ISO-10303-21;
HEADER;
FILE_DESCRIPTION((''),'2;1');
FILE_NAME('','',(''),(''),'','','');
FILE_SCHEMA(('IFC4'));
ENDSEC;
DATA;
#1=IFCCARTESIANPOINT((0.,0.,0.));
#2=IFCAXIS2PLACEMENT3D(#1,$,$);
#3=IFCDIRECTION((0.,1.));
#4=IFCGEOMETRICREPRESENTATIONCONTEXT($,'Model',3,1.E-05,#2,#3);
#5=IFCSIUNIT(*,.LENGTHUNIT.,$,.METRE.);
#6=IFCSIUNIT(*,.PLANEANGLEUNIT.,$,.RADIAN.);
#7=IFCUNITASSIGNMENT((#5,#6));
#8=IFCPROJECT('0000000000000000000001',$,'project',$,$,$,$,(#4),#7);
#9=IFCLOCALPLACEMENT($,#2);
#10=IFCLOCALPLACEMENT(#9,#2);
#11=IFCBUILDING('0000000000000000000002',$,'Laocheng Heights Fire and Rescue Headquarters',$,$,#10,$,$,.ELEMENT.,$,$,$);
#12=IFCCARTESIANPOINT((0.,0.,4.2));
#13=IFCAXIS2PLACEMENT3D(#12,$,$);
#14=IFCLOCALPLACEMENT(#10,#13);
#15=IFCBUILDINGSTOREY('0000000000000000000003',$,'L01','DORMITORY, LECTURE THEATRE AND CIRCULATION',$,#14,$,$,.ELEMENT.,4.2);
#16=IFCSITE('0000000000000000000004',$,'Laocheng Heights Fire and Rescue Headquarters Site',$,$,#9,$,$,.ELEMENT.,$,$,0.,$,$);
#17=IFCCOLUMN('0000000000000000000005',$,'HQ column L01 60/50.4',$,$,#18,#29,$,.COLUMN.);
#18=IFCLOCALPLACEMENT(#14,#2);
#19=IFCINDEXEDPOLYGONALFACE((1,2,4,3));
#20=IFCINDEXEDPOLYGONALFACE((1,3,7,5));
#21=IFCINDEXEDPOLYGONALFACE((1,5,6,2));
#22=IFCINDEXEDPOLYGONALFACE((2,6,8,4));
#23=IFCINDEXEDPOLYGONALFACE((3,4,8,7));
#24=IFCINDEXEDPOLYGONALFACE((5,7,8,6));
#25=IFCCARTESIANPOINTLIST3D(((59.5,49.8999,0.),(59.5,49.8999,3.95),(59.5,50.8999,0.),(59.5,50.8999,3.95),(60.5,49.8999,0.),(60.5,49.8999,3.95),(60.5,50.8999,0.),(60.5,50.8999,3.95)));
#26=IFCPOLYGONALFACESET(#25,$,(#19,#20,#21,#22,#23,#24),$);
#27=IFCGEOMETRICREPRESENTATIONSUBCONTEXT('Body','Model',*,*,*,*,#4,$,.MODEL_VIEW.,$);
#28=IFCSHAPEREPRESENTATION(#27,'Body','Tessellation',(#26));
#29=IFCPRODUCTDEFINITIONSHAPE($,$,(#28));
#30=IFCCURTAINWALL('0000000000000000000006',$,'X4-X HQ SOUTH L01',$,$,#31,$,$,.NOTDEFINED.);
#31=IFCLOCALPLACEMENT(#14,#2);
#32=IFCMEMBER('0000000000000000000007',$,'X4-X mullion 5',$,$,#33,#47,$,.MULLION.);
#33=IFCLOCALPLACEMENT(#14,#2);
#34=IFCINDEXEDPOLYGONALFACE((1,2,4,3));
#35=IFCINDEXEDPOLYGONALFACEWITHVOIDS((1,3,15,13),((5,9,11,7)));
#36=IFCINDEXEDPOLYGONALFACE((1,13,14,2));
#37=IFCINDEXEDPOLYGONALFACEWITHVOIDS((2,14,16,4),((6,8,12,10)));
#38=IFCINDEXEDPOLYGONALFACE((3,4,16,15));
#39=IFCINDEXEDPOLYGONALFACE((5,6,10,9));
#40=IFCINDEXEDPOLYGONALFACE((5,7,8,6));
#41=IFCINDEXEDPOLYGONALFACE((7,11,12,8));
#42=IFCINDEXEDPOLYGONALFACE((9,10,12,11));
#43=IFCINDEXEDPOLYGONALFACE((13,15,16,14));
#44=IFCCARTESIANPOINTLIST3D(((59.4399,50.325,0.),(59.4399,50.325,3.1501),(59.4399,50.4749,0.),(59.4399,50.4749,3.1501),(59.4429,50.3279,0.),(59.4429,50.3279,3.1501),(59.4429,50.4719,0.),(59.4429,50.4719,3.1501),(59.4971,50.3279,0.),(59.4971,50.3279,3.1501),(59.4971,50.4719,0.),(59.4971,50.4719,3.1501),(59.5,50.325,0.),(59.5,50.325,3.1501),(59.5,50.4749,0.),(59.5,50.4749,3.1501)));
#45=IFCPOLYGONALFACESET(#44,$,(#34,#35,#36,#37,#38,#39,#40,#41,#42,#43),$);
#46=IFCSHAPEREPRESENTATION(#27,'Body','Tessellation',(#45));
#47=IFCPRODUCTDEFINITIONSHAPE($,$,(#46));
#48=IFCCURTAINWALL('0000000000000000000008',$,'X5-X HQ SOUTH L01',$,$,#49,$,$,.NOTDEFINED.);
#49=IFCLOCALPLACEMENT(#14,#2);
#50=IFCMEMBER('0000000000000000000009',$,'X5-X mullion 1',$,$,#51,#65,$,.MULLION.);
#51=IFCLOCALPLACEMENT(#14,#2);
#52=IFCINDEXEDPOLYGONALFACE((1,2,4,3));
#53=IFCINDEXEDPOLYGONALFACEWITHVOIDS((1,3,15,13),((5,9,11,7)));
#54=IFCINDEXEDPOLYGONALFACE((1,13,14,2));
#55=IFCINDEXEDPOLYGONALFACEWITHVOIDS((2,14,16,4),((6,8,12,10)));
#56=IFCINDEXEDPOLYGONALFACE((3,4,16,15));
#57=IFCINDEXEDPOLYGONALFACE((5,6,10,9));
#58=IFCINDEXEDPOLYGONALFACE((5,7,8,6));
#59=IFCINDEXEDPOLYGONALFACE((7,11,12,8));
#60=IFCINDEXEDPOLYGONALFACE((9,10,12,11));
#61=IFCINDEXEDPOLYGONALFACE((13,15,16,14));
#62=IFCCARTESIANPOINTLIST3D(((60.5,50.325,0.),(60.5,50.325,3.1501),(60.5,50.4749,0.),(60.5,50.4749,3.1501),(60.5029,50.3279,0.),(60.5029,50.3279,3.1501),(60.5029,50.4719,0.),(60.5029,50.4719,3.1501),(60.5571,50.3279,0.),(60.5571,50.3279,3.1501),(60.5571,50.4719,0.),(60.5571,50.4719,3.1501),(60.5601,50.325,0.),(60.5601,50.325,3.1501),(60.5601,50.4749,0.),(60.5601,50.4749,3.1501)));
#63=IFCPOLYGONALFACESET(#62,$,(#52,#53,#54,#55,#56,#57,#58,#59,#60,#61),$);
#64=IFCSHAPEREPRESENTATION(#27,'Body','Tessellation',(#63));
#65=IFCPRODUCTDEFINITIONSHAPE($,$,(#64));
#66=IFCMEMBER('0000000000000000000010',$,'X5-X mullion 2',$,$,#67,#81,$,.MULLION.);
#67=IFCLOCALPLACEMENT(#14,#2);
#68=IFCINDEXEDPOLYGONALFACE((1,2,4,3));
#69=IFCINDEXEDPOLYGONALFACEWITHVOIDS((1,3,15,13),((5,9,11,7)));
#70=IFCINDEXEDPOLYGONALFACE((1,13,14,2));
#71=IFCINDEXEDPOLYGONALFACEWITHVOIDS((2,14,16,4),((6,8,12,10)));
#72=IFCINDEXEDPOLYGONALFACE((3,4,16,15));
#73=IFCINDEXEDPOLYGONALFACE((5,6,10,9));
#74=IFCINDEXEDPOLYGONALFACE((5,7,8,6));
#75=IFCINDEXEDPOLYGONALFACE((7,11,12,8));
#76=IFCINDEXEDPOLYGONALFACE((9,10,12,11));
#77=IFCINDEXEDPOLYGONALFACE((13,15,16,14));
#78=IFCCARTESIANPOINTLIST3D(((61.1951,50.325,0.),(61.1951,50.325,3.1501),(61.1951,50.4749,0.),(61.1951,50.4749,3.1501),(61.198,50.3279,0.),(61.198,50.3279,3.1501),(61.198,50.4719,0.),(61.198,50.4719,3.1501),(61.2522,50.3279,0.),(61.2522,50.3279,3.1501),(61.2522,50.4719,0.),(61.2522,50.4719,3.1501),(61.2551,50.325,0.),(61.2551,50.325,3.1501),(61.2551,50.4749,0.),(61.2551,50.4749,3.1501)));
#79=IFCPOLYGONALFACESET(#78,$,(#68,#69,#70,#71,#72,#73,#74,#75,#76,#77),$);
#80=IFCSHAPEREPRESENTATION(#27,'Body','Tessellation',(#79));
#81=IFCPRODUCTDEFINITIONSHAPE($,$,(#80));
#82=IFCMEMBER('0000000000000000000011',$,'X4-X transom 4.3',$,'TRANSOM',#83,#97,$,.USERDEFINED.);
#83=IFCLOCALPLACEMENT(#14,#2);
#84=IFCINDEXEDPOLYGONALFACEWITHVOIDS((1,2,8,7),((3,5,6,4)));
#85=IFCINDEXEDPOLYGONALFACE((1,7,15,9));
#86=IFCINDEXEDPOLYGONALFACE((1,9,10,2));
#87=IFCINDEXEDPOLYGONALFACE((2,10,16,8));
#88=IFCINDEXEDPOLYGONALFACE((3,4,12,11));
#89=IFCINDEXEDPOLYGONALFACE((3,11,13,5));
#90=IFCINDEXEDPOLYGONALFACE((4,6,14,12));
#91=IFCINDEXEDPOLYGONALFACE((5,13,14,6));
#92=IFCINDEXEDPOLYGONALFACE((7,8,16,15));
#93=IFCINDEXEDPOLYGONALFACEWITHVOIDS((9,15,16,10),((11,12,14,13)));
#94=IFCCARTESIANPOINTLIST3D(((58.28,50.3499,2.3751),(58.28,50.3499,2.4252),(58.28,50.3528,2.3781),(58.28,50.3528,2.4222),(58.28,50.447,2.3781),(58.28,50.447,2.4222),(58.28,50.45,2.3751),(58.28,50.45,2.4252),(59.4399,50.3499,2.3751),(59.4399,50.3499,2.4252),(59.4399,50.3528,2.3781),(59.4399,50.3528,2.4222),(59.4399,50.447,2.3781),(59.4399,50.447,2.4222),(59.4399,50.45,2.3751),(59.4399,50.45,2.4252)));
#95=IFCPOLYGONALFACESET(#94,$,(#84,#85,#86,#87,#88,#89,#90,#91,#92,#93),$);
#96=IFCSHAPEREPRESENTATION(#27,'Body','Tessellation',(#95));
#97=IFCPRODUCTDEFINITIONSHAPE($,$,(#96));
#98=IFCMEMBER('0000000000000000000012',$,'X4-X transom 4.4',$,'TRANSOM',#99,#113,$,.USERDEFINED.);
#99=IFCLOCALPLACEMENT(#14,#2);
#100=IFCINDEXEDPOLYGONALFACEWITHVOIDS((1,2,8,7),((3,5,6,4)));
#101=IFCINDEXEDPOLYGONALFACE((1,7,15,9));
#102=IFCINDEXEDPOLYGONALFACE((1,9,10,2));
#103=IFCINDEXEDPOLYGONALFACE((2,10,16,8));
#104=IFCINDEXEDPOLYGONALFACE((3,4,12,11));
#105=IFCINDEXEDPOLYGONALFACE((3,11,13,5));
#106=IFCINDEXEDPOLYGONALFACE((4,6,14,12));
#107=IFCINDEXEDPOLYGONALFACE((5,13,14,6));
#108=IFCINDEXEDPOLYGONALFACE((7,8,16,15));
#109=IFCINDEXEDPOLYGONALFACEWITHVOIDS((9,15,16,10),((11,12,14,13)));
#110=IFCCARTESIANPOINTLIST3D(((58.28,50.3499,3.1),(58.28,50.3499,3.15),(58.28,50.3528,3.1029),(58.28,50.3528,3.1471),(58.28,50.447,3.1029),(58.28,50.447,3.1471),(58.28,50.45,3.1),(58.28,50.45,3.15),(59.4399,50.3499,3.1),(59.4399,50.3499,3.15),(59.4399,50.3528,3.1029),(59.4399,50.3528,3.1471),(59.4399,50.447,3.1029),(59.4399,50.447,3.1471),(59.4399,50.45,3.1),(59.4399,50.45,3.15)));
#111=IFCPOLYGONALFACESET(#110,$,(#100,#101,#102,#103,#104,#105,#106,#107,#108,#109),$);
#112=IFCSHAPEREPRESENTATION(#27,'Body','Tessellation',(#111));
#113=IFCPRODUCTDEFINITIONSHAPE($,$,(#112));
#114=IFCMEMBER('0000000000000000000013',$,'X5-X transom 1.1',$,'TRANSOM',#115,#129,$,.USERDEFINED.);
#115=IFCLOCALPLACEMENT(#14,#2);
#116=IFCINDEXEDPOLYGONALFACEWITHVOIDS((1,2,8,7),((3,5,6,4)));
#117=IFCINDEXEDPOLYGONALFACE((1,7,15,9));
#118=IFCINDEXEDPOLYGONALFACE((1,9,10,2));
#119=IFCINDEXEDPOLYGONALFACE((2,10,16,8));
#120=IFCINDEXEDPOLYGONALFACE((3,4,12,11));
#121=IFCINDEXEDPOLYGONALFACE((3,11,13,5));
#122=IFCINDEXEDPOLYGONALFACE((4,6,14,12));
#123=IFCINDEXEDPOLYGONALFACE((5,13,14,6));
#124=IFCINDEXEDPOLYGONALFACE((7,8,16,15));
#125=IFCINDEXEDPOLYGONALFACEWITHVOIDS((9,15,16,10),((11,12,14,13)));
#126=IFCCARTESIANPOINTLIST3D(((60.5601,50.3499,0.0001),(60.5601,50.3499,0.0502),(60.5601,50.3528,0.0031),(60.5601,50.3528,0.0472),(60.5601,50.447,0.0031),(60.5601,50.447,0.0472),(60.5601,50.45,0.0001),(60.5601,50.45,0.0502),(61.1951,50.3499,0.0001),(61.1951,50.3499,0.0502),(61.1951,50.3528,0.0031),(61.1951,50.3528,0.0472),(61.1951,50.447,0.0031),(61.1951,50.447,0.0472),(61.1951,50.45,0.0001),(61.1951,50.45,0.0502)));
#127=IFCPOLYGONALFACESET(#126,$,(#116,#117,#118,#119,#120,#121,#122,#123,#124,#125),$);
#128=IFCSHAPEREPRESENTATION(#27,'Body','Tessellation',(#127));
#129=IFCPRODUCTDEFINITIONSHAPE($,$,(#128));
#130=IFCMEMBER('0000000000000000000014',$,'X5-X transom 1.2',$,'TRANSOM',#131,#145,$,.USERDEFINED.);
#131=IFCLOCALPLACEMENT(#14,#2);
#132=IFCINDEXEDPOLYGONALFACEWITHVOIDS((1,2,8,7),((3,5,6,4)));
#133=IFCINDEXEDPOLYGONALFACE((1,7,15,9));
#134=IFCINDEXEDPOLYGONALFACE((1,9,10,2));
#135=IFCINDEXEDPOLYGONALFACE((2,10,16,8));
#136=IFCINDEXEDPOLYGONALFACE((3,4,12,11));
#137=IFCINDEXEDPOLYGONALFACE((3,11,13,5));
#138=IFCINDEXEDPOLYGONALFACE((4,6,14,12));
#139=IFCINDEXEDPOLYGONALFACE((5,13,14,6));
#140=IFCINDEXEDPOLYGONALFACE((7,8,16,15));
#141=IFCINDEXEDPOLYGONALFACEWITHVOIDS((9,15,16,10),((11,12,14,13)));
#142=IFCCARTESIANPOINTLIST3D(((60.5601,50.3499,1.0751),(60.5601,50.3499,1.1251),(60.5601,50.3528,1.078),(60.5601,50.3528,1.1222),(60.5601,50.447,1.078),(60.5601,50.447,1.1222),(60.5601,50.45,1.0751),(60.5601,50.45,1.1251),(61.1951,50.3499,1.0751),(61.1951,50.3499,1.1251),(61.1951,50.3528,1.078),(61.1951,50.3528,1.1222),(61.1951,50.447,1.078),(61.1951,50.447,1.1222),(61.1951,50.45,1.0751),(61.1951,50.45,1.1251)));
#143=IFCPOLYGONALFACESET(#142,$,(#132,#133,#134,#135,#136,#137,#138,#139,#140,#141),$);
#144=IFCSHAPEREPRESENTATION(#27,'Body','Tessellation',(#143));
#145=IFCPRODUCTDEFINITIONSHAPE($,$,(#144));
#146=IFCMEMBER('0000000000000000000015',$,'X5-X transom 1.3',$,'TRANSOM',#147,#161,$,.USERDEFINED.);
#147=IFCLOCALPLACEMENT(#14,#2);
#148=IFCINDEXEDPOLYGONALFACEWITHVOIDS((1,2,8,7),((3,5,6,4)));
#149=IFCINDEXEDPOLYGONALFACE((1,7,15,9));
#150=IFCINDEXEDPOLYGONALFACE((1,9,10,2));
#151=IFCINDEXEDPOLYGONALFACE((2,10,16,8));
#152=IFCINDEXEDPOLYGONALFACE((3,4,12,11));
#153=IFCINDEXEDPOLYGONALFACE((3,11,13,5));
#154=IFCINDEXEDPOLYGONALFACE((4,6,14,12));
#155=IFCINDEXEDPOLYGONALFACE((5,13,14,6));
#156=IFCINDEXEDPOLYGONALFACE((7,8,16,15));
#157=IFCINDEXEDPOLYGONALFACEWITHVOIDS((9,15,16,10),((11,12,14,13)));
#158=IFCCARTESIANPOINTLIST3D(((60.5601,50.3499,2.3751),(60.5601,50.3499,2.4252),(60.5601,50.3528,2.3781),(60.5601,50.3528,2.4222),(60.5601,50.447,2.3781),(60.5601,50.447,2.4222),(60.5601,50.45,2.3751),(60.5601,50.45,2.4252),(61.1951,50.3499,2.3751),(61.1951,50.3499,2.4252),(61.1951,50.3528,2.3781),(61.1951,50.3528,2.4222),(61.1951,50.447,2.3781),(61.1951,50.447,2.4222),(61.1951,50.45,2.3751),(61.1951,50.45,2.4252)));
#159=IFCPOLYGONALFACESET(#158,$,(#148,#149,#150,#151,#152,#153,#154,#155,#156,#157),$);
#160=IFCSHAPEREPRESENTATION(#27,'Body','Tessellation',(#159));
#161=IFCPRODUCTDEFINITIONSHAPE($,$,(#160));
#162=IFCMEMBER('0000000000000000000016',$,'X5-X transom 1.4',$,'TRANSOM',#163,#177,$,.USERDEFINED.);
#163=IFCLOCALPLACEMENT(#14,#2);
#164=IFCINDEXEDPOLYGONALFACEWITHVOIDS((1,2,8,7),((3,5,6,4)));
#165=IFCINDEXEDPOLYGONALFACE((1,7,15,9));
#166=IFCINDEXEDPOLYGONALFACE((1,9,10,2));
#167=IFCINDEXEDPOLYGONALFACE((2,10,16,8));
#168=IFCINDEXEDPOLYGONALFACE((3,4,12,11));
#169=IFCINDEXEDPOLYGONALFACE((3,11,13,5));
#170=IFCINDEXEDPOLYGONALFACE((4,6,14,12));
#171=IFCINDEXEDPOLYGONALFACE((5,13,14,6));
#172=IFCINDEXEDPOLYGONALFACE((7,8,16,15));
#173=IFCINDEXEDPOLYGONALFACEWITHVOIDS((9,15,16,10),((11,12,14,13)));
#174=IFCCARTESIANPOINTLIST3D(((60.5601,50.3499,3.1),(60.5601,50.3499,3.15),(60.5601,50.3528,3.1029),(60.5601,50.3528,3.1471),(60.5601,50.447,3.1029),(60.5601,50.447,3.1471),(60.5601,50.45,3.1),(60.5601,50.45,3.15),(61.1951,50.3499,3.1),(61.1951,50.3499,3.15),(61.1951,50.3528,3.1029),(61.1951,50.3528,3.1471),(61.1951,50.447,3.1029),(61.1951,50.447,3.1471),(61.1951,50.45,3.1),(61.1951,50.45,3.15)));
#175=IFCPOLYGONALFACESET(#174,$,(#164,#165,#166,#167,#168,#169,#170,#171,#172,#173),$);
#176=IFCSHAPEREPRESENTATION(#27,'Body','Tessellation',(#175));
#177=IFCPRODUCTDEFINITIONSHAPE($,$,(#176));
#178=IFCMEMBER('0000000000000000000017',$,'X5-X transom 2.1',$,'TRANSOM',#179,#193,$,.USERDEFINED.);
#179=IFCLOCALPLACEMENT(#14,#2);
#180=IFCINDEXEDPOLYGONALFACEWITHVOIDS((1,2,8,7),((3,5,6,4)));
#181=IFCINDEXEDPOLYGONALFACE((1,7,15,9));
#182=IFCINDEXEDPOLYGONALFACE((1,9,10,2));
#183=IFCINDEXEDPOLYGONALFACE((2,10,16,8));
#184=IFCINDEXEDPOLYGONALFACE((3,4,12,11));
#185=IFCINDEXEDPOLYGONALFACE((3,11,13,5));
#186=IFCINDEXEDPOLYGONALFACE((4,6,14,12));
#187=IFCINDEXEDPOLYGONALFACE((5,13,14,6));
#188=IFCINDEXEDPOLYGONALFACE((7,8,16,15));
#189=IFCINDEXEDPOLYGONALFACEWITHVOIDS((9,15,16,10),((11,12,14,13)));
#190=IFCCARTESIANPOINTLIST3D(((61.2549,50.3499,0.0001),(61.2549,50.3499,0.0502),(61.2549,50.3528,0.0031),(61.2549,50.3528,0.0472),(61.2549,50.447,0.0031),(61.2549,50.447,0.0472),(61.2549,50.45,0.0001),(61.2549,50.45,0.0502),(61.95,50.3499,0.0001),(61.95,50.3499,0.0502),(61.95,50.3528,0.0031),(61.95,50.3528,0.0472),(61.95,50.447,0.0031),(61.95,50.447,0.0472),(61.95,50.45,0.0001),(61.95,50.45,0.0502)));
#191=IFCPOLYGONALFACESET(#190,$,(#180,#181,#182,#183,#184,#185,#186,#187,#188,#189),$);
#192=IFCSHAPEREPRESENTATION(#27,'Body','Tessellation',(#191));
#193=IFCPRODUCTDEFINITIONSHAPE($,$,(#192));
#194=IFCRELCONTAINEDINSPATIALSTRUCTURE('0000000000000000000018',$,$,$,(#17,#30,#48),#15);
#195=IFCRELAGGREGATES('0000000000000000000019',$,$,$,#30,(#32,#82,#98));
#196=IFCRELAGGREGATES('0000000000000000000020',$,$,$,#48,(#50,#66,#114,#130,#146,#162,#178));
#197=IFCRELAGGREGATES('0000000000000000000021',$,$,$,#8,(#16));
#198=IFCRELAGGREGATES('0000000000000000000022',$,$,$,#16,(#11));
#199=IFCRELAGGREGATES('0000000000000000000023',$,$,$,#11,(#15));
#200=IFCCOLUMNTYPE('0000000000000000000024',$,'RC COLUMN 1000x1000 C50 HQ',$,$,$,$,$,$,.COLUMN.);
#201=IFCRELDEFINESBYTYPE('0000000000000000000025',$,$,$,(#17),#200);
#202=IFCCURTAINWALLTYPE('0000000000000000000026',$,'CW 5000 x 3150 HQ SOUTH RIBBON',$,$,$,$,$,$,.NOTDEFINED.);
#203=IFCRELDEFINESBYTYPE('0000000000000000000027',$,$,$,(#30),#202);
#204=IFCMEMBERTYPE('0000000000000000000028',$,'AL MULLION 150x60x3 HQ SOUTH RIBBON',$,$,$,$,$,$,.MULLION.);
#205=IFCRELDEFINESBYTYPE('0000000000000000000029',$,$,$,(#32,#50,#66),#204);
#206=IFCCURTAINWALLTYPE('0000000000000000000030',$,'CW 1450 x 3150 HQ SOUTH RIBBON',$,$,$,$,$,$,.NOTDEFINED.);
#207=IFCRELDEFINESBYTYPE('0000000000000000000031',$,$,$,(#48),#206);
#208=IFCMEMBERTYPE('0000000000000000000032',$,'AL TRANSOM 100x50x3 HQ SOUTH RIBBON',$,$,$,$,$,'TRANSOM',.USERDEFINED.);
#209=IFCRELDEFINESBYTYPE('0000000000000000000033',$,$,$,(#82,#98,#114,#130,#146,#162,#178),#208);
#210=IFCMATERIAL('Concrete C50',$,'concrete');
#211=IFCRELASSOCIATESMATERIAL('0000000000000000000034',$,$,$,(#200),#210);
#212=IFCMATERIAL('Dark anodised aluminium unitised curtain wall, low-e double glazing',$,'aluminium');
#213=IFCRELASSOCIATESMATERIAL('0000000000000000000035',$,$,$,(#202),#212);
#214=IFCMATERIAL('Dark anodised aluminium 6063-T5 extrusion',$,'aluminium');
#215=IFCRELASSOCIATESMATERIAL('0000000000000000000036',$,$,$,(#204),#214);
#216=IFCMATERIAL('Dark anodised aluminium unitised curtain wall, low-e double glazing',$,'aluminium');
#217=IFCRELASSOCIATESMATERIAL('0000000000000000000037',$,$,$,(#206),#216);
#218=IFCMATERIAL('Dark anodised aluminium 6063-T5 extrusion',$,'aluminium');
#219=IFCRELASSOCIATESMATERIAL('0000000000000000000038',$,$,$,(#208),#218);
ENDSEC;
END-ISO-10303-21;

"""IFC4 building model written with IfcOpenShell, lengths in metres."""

from ifc_helpers import new_model, si_unit, direction, frame, origin, origin_2d, place, context, subcontext, project, spatial, rectangle, hollow_rectangle, extrude, material, material_profile, profile_set, type_object, element, aggregate, save


model = new_model("IFC4")

# Units and contexts
model_context = context("Model", 3, precision=1e-05, world=origin(), true_north=direction((0.0, 1.0)))
body_context = subcontext(model_context, "Body", "Model", "MODEL_VIEW")
ifc_project = project(units=[si_unit("LENGTHUNIT", "METRE"), si_unit("PLANEANGLEUNIT", "RADIAN")], contexts=[model_context])

# Site, building, storey
site_placement = place(None, origin())
site = spatial("IfcSite", under=ifc_project, at=site_placement, Name="Laocheng Heights Fire and Rescue Headquarters Site", CompositionType="ELEMENT", RefElevation=0.0)
building_placement = place(site_placement, origin())
building = spatial("IfcBuilding", under=site, at=building_placement, Name="Laocheng Heights Fire and Rescue Headquarters", CompositionType="ELEMENT")
storey_placement = place(building_placement, frame((0.0, 0.0, 4.2)))
storey = spatial("IfcBuildingStorey", under=building, at=storey_placement, Name="L01", Description="DORMITORY, LECTURE THEATRE AND CIRCULATION", CompositionType="ELEMENT", Elevation=4.2)

# Column
ifc_material_1 = material(Name="Concrete C50", Category="concrete")
ifc_material_profile_1 = material_profile(ifc_material_1, rectangle(XDim=1.0, YDim=1.0, at=origin_2d()), Name="RC COLUMN 1000x1000 C50 HQ")
ifc_profile_set_1 = profile_set([ifc_material_profile_1], Name="Concrete C50")
column_type = type_object("IfcColumnType", Name="RC COLUMN 1000x1000 C50 HQ", PredefinedType="COLUMN", material=ifc_profile_set_1)
column_placement = place(storey_placement, frame((60.0, 50.3999, 0.0), z_axis=(0.0, 0.0, 1.0), x_axis=(1.0, 0.0, 0.0)))
element("IfcColumn", 1, at=column_placement, inside=storey, type_object=column_type, Name="HQ column L01 60/50.4", PredefinedType="COLUMN", context=body_context, shape_type="SweptSolid", body=[
    extrude(rectangle(XDim=1.0, YDim=1.0, at=origin_2d()), origin(), (0.0, 0.0, 1.0), 3.95),
])

# Curtain wall, member
ifc_material_2 = material(Name="Dark anodised aluminium unitised curtain wall, low-e double glazing", Category="aluminium")
curtain_wall_type_1 = type_object("IfcCurtainWallType", Name="CW 5000 x 3150 HQ SOUTH RIBBON", PredefinedType="NOTDEFINED", material=ifc_material_2)
curtain_wall_1_placement = place(storey_placement, origin())
curtain_wall_1 = element("IfcCurtainWall", 2, at=curtain_wall_1_placement, inside=storey, type_object=curtain_wall_type_1, Name="X4-X HQ SOUTH L01", PredefinedType="NOTDEFINED")
ifc_material_3 = material(Name="Dark anodised aluminium 6063-T5 extrusion", Category="aluminium")
ifc_material_profile_2 = material_profile(ifc_material_3, hollow_rectangle(XDim=0.1499, YDim=0.0601, WallThickness=0.0029, at=origin_2d()), Name="AL MULLION 150x60x3 HQ SOUTH RIBBON")
ifc_profile_set_2 = profile_set([ifc_material_profile_2], Name="Dark anodised aluminium 6063-T5 extrusion")
member_type_1 = type_object("IfcMemberType", Name="AL MULLION 150x60x3 HQ SOUTH RIBBON", PredefinedType="MULLION", material=ifc_profile_set_2)
member_1_placement = place(storey_placement, frame((59.47, 50.3999, 0.0), z_axis=(0.0, 0.0, 1.0), x_axis=(0.0, 1.0, 0.0)))
member_1 = element("IfcMember", 3, at=member_1_placement, type_object=member_type_1, Name="X4-X mullion 5", PredefinedType="MULLION", context=body_context, shape_type="SweptSolid", body=[
    extrude(hollow_rectangle(XDim=0.1499, YDim=0.0601, WallThickness=0.0029, at=origin_2d()), origin(), (0.0, 0.0, 1.0), 3.1501),
])

# Curtain wall, members
ifc_material_4 = material(Name="Dark anodised aluminium unitised curtain wall, low-e double glazing", Category="aluminium")
curtain_wall_type_2 = type_object("IfcCurtainWallType", Name="CW 1450 x 3150 HQ SOUTH RIBBON", PredefinedType="NOTDEFINED", material=ifc_material_4)
curtain_wall_2_placement = place(storey_placement, origin())
curtain_wall_2 = element("IfcCurtainWall", 4, at=curtain_wall_2_placement, inside=storey, type_object=curtain_wall_type_2, Name="X5-X HQ SOUTH L01", PredefinedType="NOTDEFINED")
member_2_placement = place(storey_placement, frame((60.53, 50.3999, 0.0), z_axis=(0.0, 0.0, 1.0), x_axis=(0.0, 1.0, 0.0)))
member_2 = element("IfcMember", 5, at=member_2_placement, type_object=member_type_1, Name="X5-X mullion 1", PredefinedType="MULLION", context=body_context, shape_type="SweptSolid", body=[
    extrude(hollow_rectangle(XDim=0.1499, YDim=0.0601, WallThickness=0.0029, at=origin_2d()), origin(), (0.0, 0.0, 1.0), 3.1501),
])
member_3_placement = place(storey_placement, frame((61.2251, 50.3999, 0.0), z_axis=(0.0, 0.0, 1.0), x_axis=(0.0, 1.0, 0.0)))
member_3 = element("IfcMember", 6, at=member_3_placement, type_object=member_type_1, Name="X5-X mullion 2", PredefinedType="MULLION", context=body_context, shape_type="SweptSolid", body=[
    extrude(hollow_rectangle(XDim=0.1499, YDim=0.0601, WallThickness=0.0029, at=origin_2d()), origin(), (0.0, 0.0, 1.0), 3.1501),
])

# Members
ifc_material_5 = material(Name="Dark anodised aluminium 6063-T5 extrusion", Category="aluminium")
ifc_material_profile_3 = material_profile(ifc_material_5, hollow_rectangle(XDim=0.1001, YDim=0.05, WallThickness=0.0029, at=origin_2d()), Name="AL TRANSOM 100x50x3 HQ SOUTH RIBBON")
ifc_profile_set_3 = profile_set([ifc_material_profile_3], Name="Dark anodised aluminium 6063-T5 extrusion")
member_type_2 = type_object("IfcMemberType", Name="AL TRANSOM 100x50x3 HQ SOUTH RIBBON", ElementType="TRANSOM", PredefinedType="USERDEFINED", material=ifc_profile_set_3)
member_4_placement = place(storey_placement, frame((58.28, 50.3999, 2.4001), z_axis=(1.0, 0.0, 0.0), x_axis=(0.0, 1.0, 0.0)))
member_4 = element("IfcMember", 7, at=member_4_placement, type_object=member_type_2, Name="X4-X transom 4.3", ObjectType="TRANSOM", PredefinedType="USERDEFINED", context=body_context, shape_type="SweptSolid", body=[
    extrude(hollow_rectangle(XDim=0.1001, YDim=0.05, WallThickness=0.0029, at=origin_2d()), origin(), (0.0, 0.0, 1.0), 1.1599),
])
member_5_placement = place(storey_placement, frame((58.28, 50.3999, 3.125), z_axis=(1.0, 0.0, 0.0), x_axis=(0.0, 1.0, 0.0)))
member_5 = element("IfcMember", 8, at=member_5_placement, type_object=member_type_2, Name="X4-X transom 4.4", ObjectType="TRANSOM", PredefinedType="USERDEFINED", context=body_context, shape_type="SweptSolid", body=[
    extrude(hollow_rectangle(XDim=0.1001, YDim=0.05, WallThickness=0.0029, at=origin_2d()), origin(), (0.0, 0.0, 1.0), 1.1599),
])
member_6_placement = place(storey_placement, frame((60.5601, 50.3999, 0.0251), z_axis=(1.0, 0.0, 0.0), x_axis=(0.0, 1.0, 0.0)))
member_6 = element("IfcMember", 9, at=member_6_placement, type_object=member_type_2, Name="X5-X transom 1.1", ObjectType="TRANSOM", PredefinedType="USERDEFINED", context=body_context, shape_type="SweptSolid", body=[
    extrude(hollow_rectangle(XDim=0.1001, YDim=0.05, WallThickness=0.0029, at=origin_2d()), origin(), (0.0, 0.0, 1.0), 0.635),
])
member_7_placement = place(storey_placement, frame((60.5601, 50.3999, 1.1001), z_axis=(1.0, 0.0, 0.0), x_axis=(0.0, 1.0, 0.0)))
member_7 = element("IfcMember", 10, at=member_7_placement, type_object=member_type_2, Name="X5-X transom 1.2", ObjectType="TRANSOM", PredefinedType="USERDEFINED", context=body_context, shape_type="SweptSolid", body=[
    extrude(hollow_rectangle(XDim=0.1001, YDim=0.05, WallThickness=0.0029, at=origin_2d()), origin(), (0.0, 0.0, 1.0), 0.635),
])
member_8_placement = place(storey_placement, frame((60.5601, 50.3999, 2.4001), z_axis=(1.0, 0.0, 0.0), x_axis=(0.0, 1.0, 0.0)))
member_8 = element("IfcMember", 11, at=member_8_placement, type_object=member_type_2, Name="X5-X transom 1.3", ObjectType="TRANSOM", PredefinedType="USERDEFINED", context=body_context, shape_type="SweptSolid", body=[
    extrude(hollow_rectangle(XDim=0.1001, YDim=0.05, WallThickness=0.0029, at=origin_2d()), origin(), (0.0, 0.0, 1.0), 0.635),
])
member_9_placement = place(storey_placement, frame((60.5601, 50.3999, 3.125), z_axis=(1.0, 0.0, 0.0), x_axis=(0.0, 1.0, 0.0)))
member_9 = element("IfcMember", 12, at=member_9_placement, type_object=member_type_2, Name="X5-X transom 1.4", ObjectType="TRANSOM", PredefinedType="USERDEFINED", context=body_context, shape_type="SweptSolid", body=[
    extrude(hollow_rectangle(XDim=0.1001, YDim=0.05, WallThickness=0.0029, at=origin_2d()), origin(), (0.0, 0.0, 1.0), 0.635),
])
member_10_placement = place(storey_placement, frame((61.2549, 50.3999, 0.0251), z_axis=(1.0, 0.0, 0.0), x_axis=(0.0, 1.0, 0.0)))
member_10 = element("IfcMember", 13, at=member_10_placement, type_object=member_type_2, Name="X5-X transom 2.1", ObjectType="TRANSOM", PredefinedType="USERDEFINED", context=body_context, shape_type="SweptSolid", body=[
    extrude(hollow_rectangle(XDim=0.1001, YDim=0.05, WallThickness=0.0029, at=origin_2d()), origin(), (0.0, 0.0, 1.0), 0.6951),
])

aggregate(curtain_wall_1, [member_1, member_4, member_5])
aggregate(curtain_wall_2, [member_2, member_3, member_6, member_7, member_8, member_9, member_10])

save(model, "model.ifc")
